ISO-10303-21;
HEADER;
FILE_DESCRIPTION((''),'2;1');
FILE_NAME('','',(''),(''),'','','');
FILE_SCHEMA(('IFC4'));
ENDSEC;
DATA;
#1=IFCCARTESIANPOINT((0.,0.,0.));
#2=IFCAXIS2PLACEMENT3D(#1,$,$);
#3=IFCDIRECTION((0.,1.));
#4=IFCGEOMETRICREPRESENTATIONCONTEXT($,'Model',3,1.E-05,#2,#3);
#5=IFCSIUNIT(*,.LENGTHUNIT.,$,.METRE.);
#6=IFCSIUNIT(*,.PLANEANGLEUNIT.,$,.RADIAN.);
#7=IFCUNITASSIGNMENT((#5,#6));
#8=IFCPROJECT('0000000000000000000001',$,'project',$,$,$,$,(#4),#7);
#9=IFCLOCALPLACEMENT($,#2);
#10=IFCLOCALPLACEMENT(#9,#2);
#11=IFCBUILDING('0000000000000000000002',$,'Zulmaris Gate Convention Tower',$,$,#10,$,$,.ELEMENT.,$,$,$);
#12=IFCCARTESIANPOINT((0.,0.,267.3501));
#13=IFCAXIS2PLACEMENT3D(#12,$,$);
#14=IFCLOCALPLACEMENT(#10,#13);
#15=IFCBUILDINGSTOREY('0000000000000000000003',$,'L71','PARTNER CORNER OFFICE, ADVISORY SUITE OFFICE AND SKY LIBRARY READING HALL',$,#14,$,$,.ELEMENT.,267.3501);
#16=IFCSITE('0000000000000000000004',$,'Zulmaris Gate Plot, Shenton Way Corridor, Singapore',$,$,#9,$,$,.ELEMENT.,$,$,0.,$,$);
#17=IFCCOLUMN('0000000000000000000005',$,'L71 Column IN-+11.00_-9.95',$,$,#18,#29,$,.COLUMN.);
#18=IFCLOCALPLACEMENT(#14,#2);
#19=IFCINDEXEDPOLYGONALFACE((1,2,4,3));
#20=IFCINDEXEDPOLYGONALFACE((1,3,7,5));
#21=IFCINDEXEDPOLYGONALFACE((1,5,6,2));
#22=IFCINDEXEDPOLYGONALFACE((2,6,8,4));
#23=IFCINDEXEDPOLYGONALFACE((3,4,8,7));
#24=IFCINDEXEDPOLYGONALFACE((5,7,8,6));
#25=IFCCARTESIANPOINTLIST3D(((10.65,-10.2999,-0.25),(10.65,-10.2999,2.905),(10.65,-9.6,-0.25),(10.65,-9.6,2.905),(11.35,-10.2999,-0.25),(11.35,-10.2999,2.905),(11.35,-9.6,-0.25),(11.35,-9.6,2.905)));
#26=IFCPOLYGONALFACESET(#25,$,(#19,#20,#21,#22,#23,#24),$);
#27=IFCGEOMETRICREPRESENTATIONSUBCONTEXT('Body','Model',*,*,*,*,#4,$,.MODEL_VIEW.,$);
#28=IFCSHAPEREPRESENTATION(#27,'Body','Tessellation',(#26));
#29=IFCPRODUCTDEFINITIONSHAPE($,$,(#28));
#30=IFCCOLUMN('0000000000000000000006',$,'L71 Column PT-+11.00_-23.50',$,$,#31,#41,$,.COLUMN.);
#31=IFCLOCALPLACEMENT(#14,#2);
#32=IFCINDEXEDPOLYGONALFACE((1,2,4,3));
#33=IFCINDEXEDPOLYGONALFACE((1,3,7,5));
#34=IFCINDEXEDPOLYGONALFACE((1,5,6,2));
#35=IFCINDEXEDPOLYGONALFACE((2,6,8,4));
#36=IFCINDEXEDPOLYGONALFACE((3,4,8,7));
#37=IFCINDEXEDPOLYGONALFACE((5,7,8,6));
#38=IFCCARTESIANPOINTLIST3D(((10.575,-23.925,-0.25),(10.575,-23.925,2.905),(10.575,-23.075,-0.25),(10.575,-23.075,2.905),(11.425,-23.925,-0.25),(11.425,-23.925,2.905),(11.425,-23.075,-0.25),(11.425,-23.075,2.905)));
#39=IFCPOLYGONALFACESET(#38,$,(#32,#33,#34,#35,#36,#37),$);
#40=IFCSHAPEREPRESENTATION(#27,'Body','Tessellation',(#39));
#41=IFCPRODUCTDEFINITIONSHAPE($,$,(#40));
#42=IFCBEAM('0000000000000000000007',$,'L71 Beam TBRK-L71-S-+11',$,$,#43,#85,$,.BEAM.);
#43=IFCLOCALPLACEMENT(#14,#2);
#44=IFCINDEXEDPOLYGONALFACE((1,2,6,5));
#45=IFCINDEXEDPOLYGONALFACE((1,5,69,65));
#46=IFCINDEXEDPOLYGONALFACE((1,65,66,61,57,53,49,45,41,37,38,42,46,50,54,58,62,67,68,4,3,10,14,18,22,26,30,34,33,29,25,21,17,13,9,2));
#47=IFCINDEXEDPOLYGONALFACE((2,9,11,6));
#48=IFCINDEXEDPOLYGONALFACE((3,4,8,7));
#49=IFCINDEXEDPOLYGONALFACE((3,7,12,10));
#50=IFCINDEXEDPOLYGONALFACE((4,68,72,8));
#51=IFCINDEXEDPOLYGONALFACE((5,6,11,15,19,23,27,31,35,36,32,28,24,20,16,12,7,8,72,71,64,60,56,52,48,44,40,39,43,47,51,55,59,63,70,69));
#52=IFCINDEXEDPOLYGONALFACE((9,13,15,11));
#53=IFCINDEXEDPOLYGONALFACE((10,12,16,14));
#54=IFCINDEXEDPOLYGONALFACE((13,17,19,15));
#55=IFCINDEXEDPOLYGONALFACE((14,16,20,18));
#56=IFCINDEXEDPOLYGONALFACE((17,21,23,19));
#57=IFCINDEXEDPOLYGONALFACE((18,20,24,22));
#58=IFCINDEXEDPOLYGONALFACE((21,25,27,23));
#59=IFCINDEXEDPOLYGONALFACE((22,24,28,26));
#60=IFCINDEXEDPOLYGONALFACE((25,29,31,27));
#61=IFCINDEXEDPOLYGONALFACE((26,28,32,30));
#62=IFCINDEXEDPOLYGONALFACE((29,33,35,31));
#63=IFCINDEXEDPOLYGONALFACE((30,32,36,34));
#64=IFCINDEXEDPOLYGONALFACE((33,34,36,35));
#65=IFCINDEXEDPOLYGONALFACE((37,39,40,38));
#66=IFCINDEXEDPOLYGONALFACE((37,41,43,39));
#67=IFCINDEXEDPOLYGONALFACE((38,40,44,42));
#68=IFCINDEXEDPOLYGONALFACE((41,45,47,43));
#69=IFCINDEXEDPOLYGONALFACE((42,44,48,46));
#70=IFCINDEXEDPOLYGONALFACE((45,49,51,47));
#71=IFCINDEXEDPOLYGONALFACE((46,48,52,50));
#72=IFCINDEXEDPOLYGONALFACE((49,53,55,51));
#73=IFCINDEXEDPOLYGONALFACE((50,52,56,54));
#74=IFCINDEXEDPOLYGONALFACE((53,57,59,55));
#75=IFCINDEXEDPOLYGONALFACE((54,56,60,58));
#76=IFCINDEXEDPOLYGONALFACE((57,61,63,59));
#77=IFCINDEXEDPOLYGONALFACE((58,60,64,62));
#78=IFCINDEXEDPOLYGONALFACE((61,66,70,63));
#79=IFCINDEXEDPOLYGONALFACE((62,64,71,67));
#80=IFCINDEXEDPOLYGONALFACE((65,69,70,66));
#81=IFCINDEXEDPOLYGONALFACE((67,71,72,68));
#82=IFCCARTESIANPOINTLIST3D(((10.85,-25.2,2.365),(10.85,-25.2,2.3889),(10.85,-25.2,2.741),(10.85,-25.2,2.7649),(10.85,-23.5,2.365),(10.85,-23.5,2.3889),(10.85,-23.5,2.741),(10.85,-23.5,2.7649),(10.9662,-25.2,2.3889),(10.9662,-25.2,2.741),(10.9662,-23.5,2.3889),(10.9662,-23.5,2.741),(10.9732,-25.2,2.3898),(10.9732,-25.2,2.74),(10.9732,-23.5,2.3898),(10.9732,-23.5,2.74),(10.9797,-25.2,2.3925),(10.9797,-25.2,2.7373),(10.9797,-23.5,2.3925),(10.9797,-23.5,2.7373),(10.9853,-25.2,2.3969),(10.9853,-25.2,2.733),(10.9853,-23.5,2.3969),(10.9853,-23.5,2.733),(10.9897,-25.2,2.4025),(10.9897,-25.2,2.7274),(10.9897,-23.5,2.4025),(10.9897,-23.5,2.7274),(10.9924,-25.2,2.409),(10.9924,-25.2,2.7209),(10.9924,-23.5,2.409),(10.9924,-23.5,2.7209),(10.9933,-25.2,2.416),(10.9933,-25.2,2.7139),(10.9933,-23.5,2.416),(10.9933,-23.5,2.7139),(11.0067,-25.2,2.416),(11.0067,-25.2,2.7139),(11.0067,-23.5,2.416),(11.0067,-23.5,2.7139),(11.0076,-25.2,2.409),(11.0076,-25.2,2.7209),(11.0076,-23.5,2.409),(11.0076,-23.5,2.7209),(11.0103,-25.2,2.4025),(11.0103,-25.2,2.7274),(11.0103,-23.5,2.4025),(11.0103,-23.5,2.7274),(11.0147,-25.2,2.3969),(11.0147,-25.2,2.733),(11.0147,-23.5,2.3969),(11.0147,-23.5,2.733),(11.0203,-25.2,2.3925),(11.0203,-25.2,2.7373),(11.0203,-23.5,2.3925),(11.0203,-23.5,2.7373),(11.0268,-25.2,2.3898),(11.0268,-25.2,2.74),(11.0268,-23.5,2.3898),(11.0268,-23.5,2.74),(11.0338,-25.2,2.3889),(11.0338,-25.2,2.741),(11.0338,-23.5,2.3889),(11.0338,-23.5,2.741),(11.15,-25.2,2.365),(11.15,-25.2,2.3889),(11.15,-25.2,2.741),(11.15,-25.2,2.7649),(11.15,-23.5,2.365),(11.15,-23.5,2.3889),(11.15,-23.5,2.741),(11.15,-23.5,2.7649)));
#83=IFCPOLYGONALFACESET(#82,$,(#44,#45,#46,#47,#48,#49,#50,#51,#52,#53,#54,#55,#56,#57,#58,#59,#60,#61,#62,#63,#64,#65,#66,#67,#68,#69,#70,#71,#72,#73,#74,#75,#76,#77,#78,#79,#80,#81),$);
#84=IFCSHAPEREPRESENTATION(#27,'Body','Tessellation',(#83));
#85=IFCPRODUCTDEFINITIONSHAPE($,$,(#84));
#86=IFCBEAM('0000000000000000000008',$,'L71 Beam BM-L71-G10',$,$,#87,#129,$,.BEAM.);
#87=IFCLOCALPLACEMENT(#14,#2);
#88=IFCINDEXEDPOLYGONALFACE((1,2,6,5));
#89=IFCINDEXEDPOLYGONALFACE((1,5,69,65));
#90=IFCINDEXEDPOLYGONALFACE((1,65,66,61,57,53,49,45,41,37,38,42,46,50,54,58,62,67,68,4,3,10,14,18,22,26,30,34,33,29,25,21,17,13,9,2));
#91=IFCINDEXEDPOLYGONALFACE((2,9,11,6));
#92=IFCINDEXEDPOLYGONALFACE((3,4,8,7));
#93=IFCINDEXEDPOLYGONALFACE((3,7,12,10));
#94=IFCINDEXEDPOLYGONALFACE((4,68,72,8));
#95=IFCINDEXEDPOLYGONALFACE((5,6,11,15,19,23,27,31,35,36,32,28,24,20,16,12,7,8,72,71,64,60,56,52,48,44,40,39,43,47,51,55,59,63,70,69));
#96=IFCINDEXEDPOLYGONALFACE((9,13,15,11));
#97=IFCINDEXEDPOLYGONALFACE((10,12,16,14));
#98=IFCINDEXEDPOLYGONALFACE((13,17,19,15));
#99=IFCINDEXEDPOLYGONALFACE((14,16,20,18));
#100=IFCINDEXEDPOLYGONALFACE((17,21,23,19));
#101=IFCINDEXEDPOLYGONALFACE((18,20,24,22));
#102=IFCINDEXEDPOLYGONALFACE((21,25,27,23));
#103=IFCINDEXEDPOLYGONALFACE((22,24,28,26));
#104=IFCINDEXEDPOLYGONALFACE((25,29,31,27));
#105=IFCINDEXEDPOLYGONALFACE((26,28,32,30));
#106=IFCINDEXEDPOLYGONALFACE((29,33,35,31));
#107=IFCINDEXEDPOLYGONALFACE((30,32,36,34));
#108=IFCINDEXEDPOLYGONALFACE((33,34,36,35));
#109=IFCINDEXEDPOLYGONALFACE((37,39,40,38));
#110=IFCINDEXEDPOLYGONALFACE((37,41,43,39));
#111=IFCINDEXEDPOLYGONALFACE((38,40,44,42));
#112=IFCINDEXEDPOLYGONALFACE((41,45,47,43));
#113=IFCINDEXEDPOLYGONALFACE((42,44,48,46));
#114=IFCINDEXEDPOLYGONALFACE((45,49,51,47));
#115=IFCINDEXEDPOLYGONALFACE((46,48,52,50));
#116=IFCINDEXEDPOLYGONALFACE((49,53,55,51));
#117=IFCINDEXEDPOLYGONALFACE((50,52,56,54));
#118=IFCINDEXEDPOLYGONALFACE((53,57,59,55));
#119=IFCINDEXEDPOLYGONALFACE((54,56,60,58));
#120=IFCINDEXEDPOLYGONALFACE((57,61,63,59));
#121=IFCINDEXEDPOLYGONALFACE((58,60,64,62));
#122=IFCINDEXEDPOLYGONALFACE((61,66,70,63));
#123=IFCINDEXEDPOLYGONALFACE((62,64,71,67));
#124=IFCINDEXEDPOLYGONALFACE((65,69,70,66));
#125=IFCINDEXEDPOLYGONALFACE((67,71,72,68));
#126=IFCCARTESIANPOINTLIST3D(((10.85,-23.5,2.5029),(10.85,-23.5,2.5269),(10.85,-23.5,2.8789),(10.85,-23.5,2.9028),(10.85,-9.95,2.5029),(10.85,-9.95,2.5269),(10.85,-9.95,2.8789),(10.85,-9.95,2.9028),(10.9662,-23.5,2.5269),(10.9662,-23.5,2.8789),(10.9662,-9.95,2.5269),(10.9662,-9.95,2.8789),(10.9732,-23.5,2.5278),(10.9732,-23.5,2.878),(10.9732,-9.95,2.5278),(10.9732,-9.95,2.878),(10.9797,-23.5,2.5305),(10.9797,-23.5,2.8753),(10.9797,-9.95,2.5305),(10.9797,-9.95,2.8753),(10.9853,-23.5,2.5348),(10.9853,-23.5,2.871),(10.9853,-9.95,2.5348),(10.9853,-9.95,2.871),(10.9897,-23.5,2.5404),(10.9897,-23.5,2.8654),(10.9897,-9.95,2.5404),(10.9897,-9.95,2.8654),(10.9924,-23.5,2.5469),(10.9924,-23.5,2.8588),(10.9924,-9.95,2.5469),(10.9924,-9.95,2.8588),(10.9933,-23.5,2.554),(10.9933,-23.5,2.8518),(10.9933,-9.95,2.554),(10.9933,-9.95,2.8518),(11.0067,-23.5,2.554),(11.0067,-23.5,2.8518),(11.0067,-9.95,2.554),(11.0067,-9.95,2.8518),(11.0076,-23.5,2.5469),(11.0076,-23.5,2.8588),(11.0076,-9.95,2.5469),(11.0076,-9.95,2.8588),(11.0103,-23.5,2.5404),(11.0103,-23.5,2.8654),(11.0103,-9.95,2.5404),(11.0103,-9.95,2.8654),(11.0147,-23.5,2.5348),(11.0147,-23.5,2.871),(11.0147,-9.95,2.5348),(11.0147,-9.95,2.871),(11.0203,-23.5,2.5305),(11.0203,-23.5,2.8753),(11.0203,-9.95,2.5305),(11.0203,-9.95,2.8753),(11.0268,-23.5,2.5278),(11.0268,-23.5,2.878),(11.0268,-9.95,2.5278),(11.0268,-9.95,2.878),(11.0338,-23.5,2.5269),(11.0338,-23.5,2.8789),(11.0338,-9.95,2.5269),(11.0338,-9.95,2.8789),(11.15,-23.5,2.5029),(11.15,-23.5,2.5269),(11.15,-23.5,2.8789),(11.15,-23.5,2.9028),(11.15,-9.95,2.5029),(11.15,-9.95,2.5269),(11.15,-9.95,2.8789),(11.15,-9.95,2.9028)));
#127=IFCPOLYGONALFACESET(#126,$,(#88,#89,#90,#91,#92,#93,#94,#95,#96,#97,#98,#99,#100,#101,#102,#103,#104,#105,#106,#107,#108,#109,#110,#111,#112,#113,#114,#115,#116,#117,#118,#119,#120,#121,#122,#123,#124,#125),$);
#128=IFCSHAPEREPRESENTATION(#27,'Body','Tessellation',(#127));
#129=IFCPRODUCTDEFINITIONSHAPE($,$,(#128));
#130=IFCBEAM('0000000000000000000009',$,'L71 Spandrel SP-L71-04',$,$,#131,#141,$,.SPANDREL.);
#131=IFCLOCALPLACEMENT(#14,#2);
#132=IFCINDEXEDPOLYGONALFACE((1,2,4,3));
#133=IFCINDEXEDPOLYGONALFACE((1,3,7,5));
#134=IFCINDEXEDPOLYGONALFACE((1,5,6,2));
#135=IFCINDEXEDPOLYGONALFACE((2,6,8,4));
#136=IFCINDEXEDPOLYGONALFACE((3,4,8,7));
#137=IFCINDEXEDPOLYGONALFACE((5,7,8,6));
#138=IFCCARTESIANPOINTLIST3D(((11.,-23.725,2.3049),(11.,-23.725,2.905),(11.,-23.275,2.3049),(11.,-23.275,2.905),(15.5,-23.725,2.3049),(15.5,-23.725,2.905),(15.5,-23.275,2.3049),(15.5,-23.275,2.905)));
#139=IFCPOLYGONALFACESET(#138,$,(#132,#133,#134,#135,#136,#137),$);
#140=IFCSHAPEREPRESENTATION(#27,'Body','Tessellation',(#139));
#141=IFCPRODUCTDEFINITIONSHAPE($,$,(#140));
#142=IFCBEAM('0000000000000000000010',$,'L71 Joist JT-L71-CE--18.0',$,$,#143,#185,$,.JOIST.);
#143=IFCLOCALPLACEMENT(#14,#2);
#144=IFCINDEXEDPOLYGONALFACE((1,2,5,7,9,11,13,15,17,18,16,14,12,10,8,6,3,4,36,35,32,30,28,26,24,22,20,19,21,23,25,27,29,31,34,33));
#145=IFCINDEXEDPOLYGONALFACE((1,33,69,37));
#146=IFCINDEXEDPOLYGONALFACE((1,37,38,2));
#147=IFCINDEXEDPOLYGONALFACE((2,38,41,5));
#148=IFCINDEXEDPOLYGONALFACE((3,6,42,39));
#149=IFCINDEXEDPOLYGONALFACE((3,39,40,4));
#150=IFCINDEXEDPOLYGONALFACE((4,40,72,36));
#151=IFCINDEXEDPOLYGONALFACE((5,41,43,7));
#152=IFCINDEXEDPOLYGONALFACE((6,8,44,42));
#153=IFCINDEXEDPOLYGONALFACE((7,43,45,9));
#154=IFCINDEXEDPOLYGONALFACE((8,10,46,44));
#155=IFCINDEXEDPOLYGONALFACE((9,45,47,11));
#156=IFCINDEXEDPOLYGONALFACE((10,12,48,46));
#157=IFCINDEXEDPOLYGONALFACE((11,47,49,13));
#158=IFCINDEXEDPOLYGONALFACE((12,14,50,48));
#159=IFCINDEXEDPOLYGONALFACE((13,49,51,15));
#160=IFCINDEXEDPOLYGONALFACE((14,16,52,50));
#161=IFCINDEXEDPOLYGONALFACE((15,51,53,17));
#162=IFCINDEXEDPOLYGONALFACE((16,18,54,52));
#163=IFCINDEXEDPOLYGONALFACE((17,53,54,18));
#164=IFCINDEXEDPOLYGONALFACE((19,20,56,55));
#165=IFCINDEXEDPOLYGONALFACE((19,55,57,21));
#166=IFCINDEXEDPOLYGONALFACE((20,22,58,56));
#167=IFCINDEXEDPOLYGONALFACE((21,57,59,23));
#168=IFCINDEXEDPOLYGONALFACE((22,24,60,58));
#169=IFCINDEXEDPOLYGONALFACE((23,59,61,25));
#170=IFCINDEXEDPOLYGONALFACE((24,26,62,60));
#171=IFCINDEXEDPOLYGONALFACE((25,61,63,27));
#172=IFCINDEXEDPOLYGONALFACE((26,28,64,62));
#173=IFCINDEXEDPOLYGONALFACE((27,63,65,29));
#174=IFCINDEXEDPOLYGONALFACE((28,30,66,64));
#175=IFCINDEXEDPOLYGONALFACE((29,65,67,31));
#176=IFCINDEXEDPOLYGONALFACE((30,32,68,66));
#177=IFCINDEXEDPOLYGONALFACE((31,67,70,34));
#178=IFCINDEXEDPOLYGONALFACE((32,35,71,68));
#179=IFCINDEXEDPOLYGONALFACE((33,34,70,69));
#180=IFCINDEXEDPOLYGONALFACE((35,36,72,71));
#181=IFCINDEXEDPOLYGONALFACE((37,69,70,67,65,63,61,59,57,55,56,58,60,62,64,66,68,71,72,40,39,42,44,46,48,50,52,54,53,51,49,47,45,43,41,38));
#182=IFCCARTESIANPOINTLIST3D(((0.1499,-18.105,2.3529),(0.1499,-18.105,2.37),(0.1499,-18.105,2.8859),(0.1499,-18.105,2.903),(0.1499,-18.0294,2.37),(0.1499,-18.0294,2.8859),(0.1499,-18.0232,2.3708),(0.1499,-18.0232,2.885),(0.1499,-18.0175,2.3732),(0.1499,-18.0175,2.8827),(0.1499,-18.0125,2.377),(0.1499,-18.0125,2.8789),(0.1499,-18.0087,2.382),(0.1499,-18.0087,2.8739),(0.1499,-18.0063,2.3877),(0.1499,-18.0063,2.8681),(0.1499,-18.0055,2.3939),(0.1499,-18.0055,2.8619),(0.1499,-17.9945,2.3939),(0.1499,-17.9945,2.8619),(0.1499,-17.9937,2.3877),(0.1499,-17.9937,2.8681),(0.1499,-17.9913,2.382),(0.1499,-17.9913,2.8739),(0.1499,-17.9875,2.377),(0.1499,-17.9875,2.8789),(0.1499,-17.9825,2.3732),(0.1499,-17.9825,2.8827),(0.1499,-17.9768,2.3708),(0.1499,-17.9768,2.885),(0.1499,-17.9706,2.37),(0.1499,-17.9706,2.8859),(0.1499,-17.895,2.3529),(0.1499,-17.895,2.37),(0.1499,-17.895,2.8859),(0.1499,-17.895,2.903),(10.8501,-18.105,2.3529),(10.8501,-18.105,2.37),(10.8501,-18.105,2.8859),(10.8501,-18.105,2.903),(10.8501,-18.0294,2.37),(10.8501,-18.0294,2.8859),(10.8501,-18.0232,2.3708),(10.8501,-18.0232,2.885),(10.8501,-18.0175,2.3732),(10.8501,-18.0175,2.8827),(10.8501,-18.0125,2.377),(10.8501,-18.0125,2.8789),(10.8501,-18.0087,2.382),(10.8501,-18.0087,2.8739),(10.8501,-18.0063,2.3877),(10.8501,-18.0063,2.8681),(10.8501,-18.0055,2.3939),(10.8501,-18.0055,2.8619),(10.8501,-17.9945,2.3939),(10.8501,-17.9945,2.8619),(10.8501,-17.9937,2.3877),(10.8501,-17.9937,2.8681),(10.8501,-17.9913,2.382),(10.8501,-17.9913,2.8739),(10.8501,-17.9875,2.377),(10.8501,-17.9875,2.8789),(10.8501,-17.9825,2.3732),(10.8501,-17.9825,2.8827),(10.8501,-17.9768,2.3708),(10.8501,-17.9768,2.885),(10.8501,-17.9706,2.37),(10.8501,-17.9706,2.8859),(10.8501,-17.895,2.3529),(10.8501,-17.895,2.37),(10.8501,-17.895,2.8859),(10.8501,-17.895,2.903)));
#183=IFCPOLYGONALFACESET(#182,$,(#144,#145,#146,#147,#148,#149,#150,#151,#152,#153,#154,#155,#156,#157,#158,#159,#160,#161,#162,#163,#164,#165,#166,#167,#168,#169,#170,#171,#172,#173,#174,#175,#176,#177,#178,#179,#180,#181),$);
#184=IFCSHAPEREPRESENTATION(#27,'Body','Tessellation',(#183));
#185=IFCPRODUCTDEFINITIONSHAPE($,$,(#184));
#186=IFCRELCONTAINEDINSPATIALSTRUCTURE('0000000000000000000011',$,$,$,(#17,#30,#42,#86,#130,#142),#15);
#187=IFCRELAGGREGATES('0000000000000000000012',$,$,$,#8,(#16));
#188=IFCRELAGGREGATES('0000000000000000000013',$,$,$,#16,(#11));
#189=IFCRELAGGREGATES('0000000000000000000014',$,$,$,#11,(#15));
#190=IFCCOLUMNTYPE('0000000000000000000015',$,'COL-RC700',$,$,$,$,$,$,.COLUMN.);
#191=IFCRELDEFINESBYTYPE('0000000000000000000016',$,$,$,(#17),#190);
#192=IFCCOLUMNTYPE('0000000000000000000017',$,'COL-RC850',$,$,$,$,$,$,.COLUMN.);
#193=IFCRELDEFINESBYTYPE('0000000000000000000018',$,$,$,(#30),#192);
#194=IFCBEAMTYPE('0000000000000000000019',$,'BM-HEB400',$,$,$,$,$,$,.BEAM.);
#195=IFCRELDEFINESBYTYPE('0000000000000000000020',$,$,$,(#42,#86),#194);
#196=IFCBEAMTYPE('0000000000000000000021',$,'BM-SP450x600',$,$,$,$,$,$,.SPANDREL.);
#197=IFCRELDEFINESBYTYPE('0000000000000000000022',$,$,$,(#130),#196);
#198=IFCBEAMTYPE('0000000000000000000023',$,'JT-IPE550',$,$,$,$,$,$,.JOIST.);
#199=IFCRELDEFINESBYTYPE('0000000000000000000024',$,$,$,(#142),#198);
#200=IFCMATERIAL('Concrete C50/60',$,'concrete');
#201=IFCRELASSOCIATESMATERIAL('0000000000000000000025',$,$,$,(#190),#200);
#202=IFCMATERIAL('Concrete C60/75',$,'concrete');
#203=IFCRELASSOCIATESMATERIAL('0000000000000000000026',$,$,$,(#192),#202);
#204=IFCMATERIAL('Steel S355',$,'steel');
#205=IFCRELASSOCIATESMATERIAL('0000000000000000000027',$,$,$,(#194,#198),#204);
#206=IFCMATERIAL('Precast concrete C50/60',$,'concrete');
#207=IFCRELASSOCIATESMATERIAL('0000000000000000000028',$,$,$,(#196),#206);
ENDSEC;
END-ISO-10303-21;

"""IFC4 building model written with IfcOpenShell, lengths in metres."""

from ifc_helpers import new_model, si_unit, direction, frame, origin, origin_2d, place, context, subcontext, project, spatial, rectangle, i_section, extrude, material, material_profile, profile_set, type_object, element, save


model = new_model("IFC4")

# Units and contexts
model_context = context("Model", 3, precision=1e-05, world=origin(), true_north=direction((0.0, 1.0)))
body_context = subcontext(model_context, "Body", "Model", "MODEL_VIEW")
ifc_project = project(units=[si_unit("LENGTHUNIT", "METRE"), si_unit("PLANEANGLEUNIT", "RADIAN")], contexts=[model_context])

# Site, building, storey
site_placement = place(None, origin())
site = spatial("IfcSite", under=ifc_project, at=site_placement, Name="Zulmaris Gate Plot, Shenton Way Corridor, Singapore", CompositionType="ELEMENT", RefElevation=0.0)
building_placement = place(site_placement, origin())
building = spatial("IfcBuilding", under=site, at=building_placement, Name="Zulmaris Gate Convention Tower", CompositionType="ELEMENT")
storey_placement = place(building_placement, frame((0.0, 0.0, 267.3501)))
storey = spatial("IfcBuildingStorey", under=building, at=storey_placement, Name="L71", Description="PARTNER CORNER OFFICE, ADVISORY SUITE OFFICE AND SKY LIBRARY READING HALL", CompositionType="ELEMENT", Elevation=267.3501)

# Columns
ifc_material_1 = material(Name="Concrete C50/60", Category="concrete")
ifc_material_profile_1 = material_profile(ifc_material_1, rectangle(XDim=0.7, YDim=0.7, at=origin_2d()), Name="RC COL 700x700")
ifc_profile_set_1 = profile_set([ifc_material_profile_1], Name="Concrete C50/60")
column_type_1 = type_object("IfcColumnType", Name="COL-RC700", PredefinedType="COLUMN", material=ifc_profile_set_1)
column_1_placement = place(storey_placement, frame((11.0, -9.95, -0.25), z_axis=(0.0, 0.0, 1.0), x_axis=(1.0, 0.0, 0.0)))
element("IfcColumn", 1, at=column_1_placement, inside=storey, type_object=column_type_1, Name="L71 Column IN-+11.00_-9.95", PredefinedType="COLUMN", context=body_context, shape_type="SweptSolid", body=[
    extrude(rectangle(XDim=0.7, YDim=0.7, at=origin_2d()), origin(), (0.0, 0.0, 1.0), 3.155),
])
ifc_material_2 = material(Name="Concrete C60/75", Category="concrete")
ifc_material_profile_2 = material_profile(ifc_material_2, rectangle(XDim=0.8501, YDim=0.8501, at=origin_2d()), Name="RC COL 850x850")
ifc_profile_set_2 = profile_set([ifc_material_profile_2], Name="Concrete C60/75")
column_type_2 = type_object("IfcColumnType", Name="COL-RC850", PredefinedType="COLUMN", material=ifc_profile_set_2)
column_2_placement = place(storey_placement, frame((11.0, -23.5, -0.25), z_axis=(0.0, 0.0, 1.0), x_axis=(1.0, 0.0, 0.0)))
element("IfcColumn", 2, at=column_2_placement, inside=storey, type_object=column_type_2, Name="L71 Column PT-+11.00_-23.50", PredefinedType="COLUMN", context=body_context, shape_type="SweptSolid", body=[
    extrude(rectangle(XDim=0.8501, YDim=0.8501, at=origin_2d()), origin(), (0.0, 0.0, 1.0), 3.155),
])

# Beams
ifc_material_3 = material(Name="Steel S355", Category="steel")
ifc_material_profile_3 = material_profile(ifc_material_3, i_section(OverallWidth=0.3, OverallDepth=0.3999, WebThickness=0.0134, FlangeThickness=0.0239, FilletRadius=0.0271, at=origin_2d()), Name="HEB 400")
ifc_profile_set_3 = profile_set([ifc_material_profile_3], Name="Steel S355")
beam_type_1 = type_object("IfcBeamType", Name="BM-HEB400", PredefinedType="BEAM", material=ifc_profile_set_3)
beam_1_placement = place(storey_placement, frame((11.0, -25.2, 2.5649), z_axis=(0.0, 1.0, 0.0), x_axis=(-1.0, 0.0, 0.0)))
element("IfcBeam", 3, at=beam_1_placement, inside=storey, type_object=beam_type_1, Name="L71 Beam TBRK-L71-S-+11", PredefinedType="BEAM", context=body_context, shape_type="SweptSolid", body=[
    extrude(i_section(OverallWidth=0.3, OverallDepth=0.3999, WebThickness=0.0134, FlangeThickness=0.0239, FilletRadius=0.0271, at=origin_2d()), origin(), (0.0, 0.0, 1.0), 1.7),
])
beam_2_placement = place(storey_placement, frame((11.0, -23.5, 2.7029), z_axis=(0.0, 1.0, 0.0), x_axis=(-1.0, 0.0, 0.0)))
element("IfcBeam", 4, at=beam_2_placement, inside=storey, type_object=beam_type_1, Name="L71 Beam BM-L71-G10", PredefinedType="BEAM", context=body_context, shape_type="SweptSolid", body=[
    extrude(i_section(OverallWidth=0.3, OverallDepth=0.3999, WebThickness=0.0134, FlangeThickness=0.0239, FilletRadius=0.0271, at=origin_2d()), origin(), (0.0, 0.0, 1.0), 13.55),
])
ifc_material_4 = material(Name="Precast concrete C50/60", Category="concrete")
ifc_material_profile_4 = material_profile(ifc_material_4, rectangle(XDim=0.45, YDim=0.6001, at=origin_2d()), Name="RC SPANDREL 450x600")
ifc_profile_set_4 = profile_set([ifc_material_profile_4], Name="Precast concrete C50/60")
beam_type_2 = type_object("IfcBeamType", Name="BM-SP450x600", PredefinedType="SPANDREL", material=ifc_profile_set_4)
beam_3_placement = place(storey_placement, frame((11.0, -23.5, 2.605), z_axis=(1.0, 0.0, 0.0), x_axis=(0.0, 1.0, 0.0)))
element("IfcBeam", 5, at=beam_3_placement, inside=storey, type_object=beam_type_2, Name="L71 Spandrel SP-L71-04", PredefinedType="SPANDREL", context=body_context, shape_type="SweptSolid", body=[
    extrude(rectangle(XDim=0.45, YDim=0.6001, at=origin_2d()), origin(), (0.0, 0.0, 1.0), 4.5),
])
ifc_material_profile_5 = material_profile(ifc_material_3, i_section(OverallWidth=0.21, OverallDepth=0.55, WebThickness=0.011, FlangeThickness=0.0171, FilletRadius=0.0239, at=origin_2d()), Name="IPE 550")
ifc_profile_set_5 = profile_set([ifc_material_profile_5], Name="Steel S355")
beam_type_3 = type_object("IfcBeamType", Name="JT-IPE550", PredefinedType="JOIST", material=ifc_profile_set_5)
for number, where, z_axis, x_axis, name in (
    (6, (0.1499, -18.0, 2.6279), (1.0, 0.0, 0.0), (0.0, 1.0, 0.0), "L71 Joist JT-L71-CE--18.0"),
):
    element("IfcBeam", number, at=place(storey_placement, frame(where, z_axis=z_axis, x_axis=x_axis)), inside=storey, type_object=beam_type_3, Name=name, PredefinedType="JOIST", context=body_context, shape_type="SweptSolid", body=[
        extrude(i_section(OverallWidth=0.21, OverallDepth=0.55, WebThickness=0.011, FlangeThickness=0.0171, FilletRadius=0.0239, at=origin_2d()), origin(), (0.0, 0.0, 1.0), 10.7002),
    ])

save(model, "model.ifc")
